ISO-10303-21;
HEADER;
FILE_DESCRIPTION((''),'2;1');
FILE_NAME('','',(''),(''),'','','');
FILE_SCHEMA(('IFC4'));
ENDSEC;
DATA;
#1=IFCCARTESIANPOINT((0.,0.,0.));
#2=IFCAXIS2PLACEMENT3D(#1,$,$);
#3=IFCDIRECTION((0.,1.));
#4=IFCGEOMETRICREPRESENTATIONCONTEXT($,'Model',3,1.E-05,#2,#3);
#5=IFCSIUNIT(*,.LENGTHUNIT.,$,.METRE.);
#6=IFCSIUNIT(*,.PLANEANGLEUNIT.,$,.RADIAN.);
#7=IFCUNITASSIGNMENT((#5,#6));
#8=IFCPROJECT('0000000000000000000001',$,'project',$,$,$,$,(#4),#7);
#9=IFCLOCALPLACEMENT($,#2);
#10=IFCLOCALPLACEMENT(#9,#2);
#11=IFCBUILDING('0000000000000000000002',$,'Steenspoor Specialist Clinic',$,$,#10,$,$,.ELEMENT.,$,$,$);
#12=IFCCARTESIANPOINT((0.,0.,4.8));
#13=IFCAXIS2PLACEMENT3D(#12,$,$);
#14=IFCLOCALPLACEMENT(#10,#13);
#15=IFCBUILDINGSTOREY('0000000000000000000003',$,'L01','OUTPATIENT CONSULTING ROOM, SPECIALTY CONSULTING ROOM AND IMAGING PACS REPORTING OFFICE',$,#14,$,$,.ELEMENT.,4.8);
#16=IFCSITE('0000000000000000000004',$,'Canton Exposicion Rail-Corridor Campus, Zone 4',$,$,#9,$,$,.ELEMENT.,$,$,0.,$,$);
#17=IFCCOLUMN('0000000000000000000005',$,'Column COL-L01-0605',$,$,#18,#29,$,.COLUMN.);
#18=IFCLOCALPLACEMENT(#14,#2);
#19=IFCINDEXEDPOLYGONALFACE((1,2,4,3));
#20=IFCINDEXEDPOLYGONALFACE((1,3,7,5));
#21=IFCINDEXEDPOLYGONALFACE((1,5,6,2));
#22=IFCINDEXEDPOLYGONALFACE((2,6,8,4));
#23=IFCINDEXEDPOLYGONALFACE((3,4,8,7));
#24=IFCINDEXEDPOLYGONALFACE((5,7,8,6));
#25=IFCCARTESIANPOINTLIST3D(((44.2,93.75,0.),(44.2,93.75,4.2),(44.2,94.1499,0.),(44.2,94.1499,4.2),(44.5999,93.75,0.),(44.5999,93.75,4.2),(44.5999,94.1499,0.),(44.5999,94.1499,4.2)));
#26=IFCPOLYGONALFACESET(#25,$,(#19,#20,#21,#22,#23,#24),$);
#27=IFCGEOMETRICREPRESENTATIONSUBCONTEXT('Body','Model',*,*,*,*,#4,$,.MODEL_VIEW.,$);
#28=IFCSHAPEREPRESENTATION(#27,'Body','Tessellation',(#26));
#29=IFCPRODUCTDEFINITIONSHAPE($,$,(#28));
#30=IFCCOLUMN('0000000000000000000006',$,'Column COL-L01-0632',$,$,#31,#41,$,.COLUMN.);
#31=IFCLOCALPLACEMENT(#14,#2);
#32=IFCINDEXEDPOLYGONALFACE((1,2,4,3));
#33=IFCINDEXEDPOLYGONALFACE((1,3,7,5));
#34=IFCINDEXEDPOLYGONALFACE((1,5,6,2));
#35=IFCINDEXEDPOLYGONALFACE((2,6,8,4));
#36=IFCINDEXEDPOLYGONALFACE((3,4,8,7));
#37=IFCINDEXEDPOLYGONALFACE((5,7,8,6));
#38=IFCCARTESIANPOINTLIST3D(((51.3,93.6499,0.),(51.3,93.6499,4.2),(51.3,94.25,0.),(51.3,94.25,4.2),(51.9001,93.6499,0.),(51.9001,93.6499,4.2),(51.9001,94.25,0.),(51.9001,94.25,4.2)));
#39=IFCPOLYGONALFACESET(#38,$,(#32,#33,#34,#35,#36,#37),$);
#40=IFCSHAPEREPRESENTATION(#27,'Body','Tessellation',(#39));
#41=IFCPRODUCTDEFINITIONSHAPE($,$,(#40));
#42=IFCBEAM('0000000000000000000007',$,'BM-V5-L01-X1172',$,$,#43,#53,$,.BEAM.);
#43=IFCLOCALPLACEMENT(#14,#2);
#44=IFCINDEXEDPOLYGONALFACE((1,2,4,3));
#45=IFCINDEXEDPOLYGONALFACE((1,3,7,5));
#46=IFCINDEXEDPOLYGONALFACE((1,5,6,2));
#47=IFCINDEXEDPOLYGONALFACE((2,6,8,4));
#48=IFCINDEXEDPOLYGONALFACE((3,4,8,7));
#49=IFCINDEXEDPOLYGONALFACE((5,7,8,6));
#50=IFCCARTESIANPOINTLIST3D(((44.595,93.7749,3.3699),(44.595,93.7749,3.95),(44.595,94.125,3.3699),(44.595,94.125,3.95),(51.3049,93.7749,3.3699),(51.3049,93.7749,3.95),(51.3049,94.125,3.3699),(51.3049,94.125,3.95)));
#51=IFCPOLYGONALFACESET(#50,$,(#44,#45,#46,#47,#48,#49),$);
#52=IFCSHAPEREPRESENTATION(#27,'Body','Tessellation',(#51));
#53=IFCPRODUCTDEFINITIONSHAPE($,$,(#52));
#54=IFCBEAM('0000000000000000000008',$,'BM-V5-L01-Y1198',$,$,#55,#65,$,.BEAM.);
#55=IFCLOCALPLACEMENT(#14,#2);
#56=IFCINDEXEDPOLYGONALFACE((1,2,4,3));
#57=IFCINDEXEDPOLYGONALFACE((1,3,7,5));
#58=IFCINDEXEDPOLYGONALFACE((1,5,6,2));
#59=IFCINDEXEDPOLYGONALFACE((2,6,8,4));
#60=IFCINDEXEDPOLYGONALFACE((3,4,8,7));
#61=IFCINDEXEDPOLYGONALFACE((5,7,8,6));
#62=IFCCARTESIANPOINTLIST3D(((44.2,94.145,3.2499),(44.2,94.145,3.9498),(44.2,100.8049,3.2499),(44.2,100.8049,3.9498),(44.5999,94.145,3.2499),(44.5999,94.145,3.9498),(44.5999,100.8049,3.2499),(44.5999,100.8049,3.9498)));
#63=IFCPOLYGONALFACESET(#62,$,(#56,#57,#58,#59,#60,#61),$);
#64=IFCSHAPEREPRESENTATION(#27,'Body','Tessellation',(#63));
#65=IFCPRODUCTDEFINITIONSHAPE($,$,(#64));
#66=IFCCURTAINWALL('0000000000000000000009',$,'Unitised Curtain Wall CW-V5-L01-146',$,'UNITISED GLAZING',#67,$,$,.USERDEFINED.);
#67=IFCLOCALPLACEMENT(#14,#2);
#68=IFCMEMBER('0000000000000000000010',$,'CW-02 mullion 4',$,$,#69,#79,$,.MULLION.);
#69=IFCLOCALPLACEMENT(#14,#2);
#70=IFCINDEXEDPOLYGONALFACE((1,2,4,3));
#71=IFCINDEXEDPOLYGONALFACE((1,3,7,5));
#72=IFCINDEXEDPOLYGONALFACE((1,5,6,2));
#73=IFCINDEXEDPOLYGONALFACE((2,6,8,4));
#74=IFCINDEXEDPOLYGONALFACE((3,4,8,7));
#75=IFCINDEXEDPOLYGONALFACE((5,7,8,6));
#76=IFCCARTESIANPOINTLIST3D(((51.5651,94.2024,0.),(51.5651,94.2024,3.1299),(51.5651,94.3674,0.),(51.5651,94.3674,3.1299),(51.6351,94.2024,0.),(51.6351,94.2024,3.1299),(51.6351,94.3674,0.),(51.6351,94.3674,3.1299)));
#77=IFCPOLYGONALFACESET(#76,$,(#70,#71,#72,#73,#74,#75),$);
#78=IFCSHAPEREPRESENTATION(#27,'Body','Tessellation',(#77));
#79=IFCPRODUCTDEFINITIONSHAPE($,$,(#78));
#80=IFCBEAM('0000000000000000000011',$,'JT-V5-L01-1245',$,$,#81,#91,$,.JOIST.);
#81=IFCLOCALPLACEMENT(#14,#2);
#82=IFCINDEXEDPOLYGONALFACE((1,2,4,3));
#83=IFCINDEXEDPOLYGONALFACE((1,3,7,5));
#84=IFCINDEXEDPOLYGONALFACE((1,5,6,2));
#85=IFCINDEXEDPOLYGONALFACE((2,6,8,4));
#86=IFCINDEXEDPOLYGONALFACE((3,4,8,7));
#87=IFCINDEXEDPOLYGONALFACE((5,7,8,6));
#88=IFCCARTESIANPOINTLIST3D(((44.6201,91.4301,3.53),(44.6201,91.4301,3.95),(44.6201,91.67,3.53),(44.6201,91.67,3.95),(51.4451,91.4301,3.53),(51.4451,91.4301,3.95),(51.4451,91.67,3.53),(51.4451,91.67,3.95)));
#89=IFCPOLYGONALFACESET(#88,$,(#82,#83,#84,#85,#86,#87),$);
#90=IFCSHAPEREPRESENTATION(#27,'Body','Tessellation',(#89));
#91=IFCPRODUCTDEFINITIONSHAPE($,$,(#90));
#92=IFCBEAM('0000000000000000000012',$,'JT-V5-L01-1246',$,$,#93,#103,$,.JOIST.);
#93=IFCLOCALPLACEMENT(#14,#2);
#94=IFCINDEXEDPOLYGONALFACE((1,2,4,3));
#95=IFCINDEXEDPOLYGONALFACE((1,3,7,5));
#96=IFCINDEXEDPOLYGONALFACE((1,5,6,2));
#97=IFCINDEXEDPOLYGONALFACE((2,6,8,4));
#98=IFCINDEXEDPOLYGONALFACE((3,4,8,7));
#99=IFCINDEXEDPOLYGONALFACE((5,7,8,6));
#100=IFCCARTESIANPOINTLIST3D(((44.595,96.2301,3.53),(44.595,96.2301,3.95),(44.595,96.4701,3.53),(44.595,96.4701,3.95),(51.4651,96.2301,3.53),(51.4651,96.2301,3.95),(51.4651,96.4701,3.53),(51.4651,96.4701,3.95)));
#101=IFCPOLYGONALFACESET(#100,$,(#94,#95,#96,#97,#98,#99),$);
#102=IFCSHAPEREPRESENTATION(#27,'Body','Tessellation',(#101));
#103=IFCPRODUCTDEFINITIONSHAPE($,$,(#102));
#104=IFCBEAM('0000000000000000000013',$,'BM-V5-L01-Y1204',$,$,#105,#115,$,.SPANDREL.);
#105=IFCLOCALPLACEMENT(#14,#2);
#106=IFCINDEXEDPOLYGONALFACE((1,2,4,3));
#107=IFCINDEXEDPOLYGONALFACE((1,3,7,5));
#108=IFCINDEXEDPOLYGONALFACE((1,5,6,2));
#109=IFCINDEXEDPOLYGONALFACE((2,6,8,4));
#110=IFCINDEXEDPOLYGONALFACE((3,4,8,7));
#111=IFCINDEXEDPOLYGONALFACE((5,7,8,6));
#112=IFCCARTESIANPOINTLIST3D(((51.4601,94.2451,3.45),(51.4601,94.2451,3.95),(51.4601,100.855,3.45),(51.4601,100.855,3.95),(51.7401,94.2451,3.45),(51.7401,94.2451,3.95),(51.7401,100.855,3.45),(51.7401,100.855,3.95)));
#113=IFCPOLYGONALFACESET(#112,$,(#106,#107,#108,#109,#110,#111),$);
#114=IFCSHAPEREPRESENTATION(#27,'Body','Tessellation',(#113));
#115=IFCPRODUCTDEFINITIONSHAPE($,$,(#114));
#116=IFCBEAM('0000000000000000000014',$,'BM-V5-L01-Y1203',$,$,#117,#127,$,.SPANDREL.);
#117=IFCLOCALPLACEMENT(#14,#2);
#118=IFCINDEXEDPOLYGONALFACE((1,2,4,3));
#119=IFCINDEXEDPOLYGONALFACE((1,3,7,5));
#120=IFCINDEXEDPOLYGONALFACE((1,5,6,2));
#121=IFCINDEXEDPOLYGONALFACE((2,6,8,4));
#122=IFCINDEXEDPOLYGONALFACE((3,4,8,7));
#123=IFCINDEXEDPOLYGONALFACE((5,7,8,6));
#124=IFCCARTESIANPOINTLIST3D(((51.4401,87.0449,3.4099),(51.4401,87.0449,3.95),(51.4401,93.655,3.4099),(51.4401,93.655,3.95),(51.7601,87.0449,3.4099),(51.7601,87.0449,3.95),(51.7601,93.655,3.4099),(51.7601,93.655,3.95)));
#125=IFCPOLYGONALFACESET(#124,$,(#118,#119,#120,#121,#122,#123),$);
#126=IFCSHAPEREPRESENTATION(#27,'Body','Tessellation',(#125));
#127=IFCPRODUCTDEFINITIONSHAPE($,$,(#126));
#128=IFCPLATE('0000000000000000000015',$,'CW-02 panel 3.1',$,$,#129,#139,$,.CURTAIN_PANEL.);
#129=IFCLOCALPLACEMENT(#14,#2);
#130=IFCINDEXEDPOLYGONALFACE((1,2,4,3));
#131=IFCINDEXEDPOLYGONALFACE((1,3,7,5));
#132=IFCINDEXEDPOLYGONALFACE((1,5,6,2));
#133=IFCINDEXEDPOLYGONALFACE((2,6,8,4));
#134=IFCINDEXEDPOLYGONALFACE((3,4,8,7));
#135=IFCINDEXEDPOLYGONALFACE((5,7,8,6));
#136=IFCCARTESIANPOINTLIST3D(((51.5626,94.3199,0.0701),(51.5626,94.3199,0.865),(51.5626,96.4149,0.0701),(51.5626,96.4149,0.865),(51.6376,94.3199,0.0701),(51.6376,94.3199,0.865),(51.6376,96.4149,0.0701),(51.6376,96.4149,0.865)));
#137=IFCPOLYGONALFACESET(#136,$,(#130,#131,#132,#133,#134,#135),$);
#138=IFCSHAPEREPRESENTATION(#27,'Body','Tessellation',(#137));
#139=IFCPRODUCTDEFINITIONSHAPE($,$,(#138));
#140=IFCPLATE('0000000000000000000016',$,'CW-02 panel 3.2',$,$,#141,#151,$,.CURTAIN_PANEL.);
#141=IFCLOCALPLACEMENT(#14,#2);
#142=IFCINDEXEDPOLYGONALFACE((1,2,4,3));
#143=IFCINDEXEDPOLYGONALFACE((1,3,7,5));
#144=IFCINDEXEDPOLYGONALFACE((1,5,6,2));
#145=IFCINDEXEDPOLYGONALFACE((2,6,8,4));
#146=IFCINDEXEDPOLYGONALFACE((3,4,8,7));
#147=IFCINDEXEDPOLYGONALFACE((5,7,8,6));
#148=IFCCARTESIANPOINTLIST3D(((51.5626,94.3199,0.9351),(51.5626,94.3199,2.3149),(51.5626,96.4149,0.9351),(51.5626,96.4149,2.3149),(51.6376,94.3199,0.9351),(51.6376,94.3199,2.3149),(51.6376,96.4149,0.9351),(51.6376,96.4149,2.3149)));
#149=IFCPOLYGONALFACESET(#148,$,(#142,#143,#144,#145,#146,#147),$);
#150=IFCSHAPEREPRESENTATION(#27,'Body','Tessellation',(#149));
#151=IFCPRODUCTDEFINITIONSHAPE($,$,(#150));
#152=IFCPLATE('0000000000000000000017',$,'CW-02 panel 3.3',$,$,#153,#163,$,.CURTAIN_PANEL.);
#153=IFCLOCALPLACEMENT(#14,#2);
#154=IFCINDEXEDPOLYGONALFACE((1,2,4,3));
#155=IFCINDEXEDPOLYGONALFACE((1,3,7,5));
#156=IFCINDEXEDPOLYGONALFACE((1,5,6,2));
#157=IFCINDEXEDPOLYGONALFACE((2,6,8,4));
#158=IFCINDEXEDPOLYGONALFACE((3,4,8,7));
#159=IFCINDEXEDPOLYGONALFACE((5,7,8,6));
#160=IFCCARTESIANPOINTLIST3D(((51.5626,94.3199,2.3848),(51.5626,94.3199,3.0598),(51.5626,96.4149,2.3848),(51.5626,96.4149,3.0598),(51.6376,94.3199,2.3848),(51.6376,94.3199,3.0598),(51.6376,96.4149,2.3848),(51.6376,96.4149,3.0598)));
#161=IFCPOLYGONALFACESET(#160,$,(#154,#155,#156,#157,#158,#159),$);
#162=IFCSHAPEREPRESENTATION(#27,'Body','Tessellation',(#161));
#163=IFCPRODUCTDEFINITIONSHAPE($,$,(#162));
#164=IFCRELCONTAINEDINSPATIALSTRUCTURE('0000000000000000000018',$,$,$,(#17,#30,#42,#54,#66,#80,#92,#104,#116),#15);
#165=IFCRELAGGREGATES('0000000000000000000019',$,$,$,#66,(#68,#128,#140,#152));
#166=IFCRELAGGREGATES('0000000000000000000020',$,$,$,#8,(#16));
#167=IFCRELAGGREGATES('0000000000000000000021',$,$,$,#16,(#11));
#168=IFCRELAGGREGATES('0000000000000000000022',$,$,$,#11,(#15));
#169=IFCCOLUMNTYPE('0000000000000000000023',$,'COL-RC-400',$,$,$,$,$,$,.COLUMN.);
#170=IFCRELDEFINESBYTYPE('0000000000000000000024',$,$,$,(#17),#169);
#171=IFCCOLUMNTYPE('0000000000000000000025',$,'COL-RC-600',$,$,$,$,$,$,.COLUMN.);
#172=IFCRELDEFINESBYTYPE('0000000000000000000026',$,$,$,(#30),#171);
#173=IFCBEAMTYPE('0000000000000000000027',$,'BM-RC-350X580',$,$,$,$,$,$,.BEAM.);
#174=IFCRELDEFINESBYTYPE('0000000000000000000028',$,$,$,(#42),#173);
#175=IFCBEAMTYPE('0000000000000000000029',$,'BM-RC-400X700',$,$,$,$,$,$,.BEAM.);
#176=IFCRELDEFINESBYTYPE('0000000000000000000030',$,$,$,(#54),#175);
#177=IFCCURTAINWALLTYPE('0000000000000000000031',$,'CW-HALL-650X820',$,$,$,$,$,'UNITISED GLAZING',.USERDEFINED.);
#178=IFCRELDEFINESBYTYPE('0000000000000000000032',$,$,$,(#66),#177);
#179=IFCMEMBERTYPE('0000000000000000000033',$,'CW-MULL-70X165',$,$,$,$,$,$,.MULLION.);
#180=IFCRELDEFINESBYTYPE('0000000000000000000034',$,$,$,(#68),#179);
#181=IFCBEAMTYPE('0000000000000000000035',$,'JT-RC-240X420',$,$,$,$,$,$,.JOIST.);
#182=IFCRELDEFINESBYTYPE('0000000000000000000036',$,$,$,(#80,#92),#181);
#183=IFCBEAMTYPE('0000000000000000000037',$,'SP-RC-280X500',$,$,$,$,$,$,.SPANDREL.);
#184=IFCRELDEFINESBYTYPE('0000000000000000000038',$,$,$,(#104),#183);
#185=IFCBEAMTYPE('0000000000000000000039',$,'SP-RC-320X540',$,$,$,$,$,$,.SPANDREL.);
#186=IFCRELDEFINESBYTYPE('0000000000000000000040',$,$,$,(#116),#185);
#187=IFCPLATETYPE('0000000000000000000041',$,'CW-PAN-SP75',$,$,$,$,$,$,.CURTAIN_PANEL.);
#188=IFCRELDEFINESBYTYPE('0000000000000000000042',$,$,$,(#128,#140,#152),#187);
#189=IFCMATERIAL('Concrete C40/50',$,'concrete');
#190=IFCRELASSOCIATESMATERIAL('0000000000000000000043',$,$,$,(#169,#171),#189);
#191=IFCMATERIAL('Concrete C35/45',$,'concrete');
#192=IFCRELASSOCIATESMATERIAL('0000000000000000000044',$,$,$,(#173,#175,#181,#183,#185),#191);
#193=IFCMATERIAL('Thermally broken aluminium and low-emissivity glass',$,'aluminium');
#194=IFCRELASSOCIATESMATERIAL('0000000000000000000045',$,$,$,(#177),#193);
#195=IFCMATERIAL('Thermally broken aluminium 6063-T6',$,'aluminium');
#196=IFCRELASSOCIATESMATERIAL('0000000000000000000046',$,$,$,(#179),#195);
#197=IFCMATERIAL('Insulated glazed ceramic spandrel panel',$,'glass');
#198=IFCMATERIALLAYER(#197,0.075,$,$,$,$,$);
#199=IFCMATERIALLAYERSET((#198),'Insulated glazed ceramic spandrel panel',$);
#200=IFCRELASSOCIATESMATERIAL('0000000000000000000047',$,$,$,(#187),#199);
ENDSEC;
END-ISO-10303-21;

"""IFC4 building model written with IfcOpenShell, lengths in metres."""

from ifc_helpers import new_model, si_unit, direction, frame, origin, origin_2d, place, context, subcontext, project, spatial, rectangle, extrude, material, layer, layer_set, material_profile, profile_set, type_object, element, aggregate, save


model = new_model("IFC4")

# Units and contexts
model_context = context("Model", 3, precision=1e-05, world=origin(), true_north=direction((0.0, 1.0)))
body_context = subcontext(model_context, "Body", "Model", "MODEL_VIEW")
ifc_project = project(units=[si_unit("LENGTHUNIT", "METRE"), si_unit("PLANEANGLEUNIT", "RADIAN")], contexts=[model_context])

# Site, building, storey
site_placement = place(None, origin())
site = spatial("IfcSite", under=ifc_project, at=site_placement, Name="Canton Exposicion Rail-Corridor Campus, Zone 4", CompositionType="ELEMENT", RefElevation=0.0)
building_placement = place(site_placement, origin())
building = spatial("IfcBuilding", under=site, at=building_placement, Name="Steenspoor Specialist Clinic", CompositionType="ELEMENT")
storey_placement = place(building_placement, frame((0.0, 0.0, 4.8)))
storey = spatial("IfcBuildingStorey", under=building, at=storey_placement, Name="L01", Description="OUTPATIENT CONSULTING ROOM, SPECIALTY CONSULTING ROOM AND IMAGING PACS REPORTING OFFICE", CompositionType="ELEMENT", Elevation=4.8)

# Columns
ifc_material_1 = material(Name="Concrete C40/50", Category="concrete")
ifc_material_profile_1 = material_profile(ifc_material_1, rectangle(XDim=0.3999, YDim=0.3999, at=origin_2d()), Name="RC-COL-400X400")
ifc_profile_set_1 = profile_set([ifc_material_profile_1], Name="Concrete C40/50")
column_type_1 = type_object("IfcColumnType", Name="COL-RC-400", PredefinedType="COLUMN", material=ifc_profile_set_1)
column_1_placement = place(storey_placement, frame((44.3999, 93.95, 0.0), z_axis=(0.0, 0.0, 1.0), x_axis=(1.0, 0.0, 0.0)))
element("IfcColumn", 1, at=column_1_placement, inside=storey, type_object=column_type_1, Name="Column COL-L01-0605", PredefinedType="COLUMN", context=body_context, shape_type="SweptSolid", body=[
    extrude(rectangle(XDim=0.3999, YDim=0.3999, at=origin_2d()), origin(), (0.0, 0.0, 1.0), 4.2),
])
ifc_material_profile_2 = material_profile(ifc_material_1, rectangle(XDim=0.6001, YDim=0.6001, at=origin_2d()), Name="RC-COL-600X600")
ifc_profile_set_2 = profile_set([ifc_material_profile_2], Name="Concrete C40/50")
column_type_2 = type_object("IfcColumnType", Name="COL-RC-600", PredefinedType="COLUMN", material=ifc_profile_set_2)
column_2_placement = place(storey_placement, frame((51.6001, 93.95, 0.0), z_axis=(0.0, 0.0, 1.0), x_axis=(1.0, 0.0, 0.0)))
element("IfcColumn", 2, at=column_2_placement, inside=storey, type_object=column_type_2, Name="Column COL-L01-0632", PredefinedType="COLUMN", context=body_context, shape_type="SweptSolid", body=[
    extrude(rectangle(XDim=0.6001, YDim=0.6001, at=origin_2d()), origin(), (0.0, 0.0, 1.0), 4.2),
])

# Beams
ifc_material_2 = material(Name="Concrete C35/45", Category="concrete")
ifc_material_profile_3 = material_profile(ifc_material_2, rectangle(XDim=0.3501, YDim=0.5801, at=origin_2d()), Name="RC-BM-350X580")
ifc_profile_set_3 = profile_set([ifc_material_profile_3], Name="Concrete C35/45")
beam_type_1 = type_object("IfcBeamType", Name="BM-RC-350X580", PredefinedType="BEAM", material=ifc_profile_set_3)
beam_1_placement = place(storey_placement, frame((44.595, 93.95, 3.6599), z_axis=(1.0, 0.0, 0.0), x_axis=(0.0, 1.0, 0.0)))
element("IfcBeam", 3, at=beam_1_placement, inside=storey, type_object=beam_type_1, Name="BM-V5-L01-X1172", PredefinedType="BEAM", context=body_context, shape_type="SweptSolid", body=[
    extrude(rectangle(XDim=0.3501, YDim=0.5801, at=origin_2d()), origin(), (0.0, 0.0, 1.0), 6.71),
])
ifc_material_profile_4 = material_profile(ifc_material_2, rectangle(XDim=0.3999, YDim=0.7, at=origin_2d()), Name="RC-BM-400X700")
ifc_profile_set_4 = profile_set([ifc_material_profile_4], Name="Concrete C35/45")
beam_type_2 = type_object("IfcBeamType", Name="BM-RC-400X700", PredefinedType="BEAM", material=ifc_profile_set_4)
beam_2_placement = place(storey_placement, frame((44.3999, 94.145, 3.5999), z_axis=(0.0, 1.0, 0.0), x_axis=(-1.0, 0.0, 0.0)))
element("IfcBeam", 4, at=beam_2_placement, inside=storey, type_object=beam_type_2, Name="BM-V5-L01-Y1198", PredefinedType="BEAM", context=body_context, shape_type="SweptSolid", body=[
    extrude(rectangle(XDim=0.3999, YDim=0.7, at=origin_2d()), origin(), (0.0, 0.0, 1.0), 6.6599),
])

# Curtain wall, member
ifc_material_3 = material(Name="Thermally broken aluminium and low-emissivity glass", Category="aluminium")
curtain_wall_type = type_object("IfcCurtainWallType", Name="CW-HALL-650X820", ElementType="UNITISED GLAZING", PredefinedType="USERDEFINED", material=ifc_material_3)
curtain_wall_placement = place(storey_placement, origin())
curtain_wall = element("IfcCurtainWall", 5, at=curtain_wall_placement, inside=storey, type_object=curtain_wall_type, Name="Unitised Curtain Wall CW-V5-L01-146", ObjectType="UNITISED GLAZING", PredefinedType="USERDEFINED")
ifc_material_4 = material(Name="Thermally broken aluminium 6063-T6", Category="aluminium")
ifc_material_profile_5 = material_profile(ifc_material_4, rectangle(XDim=0.0701, YDim=0.165, at=origin_2d()), Name="CWM-70X165")
ifc_profile_set_5 = profile_set([ifc_material_profile_5], Name="Thermally broken aluminium 6063-T6")
member_type = type_object("IfcMemberType", Name="CW-MULL-70X165", PredefinedType="MULLION", material=ifc_profile_set_5)
member_placement = place(storey_placement, frame((51.6001, 94.2849, 0.0), z_axis=(0.0, 0.0, 1.0), x_axis=(1.0, 0.0, 0.0)))
member = element("IfcMember", 6, at=member_placement, type_object=member_type, Name="CW-02 mullion 4", PredefinedType="MULLION", context=body_context, shape_type="SweptSolid", body=[
    extrude(rectangle(XDim=0.0701, YDim=0.165, at=origin_2d()), origin(), (0.0, 0.0, 1.0), 3.1299),
])

# Beams
ifc_material_profile_6 = material_profile(ifc_material_2, rectangle(XDim=0.24, YDim=0.4199, at=origin_2d()), Name="RC-JT-240X420")
ifc_profile_set_6 = profile_set([ifc_material_profile_6], Name="Concrete C35/45")
beam_type_3 = type_object("IfcBeamType", Name="JT-RC-240X420", PredefinedType="JOIST", material=ifc_profile_set_6)
beam_3_placement = place(storey_placement, frame((44.6201, 91.55, 3.74), z_axis=(1.0, 0.0, 0.0), x_axis=(0.0, 1.0, 0.0)))
element("IfcBeam", 7, at=beam_3_placement, inside=storey, type_object=beam_type_3, Name="JT-V5-L01-1245", PredefinedType="JOIST", context=body_context, shape_type="SweptSolid", body=[
    extrude(rectangle(XDim=0.24, YDim=0.4199, at=origin_2d()), origin(), (0.0, 0.0, 1.0), 6.825),
])
beam_4_placement = place(storey_placement, frame((44.595, 96.3501, 3.74), z_axis=(1.0, 0.0, 0.0), x_axis=(0.0, 1.0, 0.0)))
element("IfcBeam", 8, at=beam_4_placement, inside=storey, type_object=beam_type_3, Name="JT-V5-L01-1246", PredefinedType="JOIST", context=body_context, shape_type="SweptSolid", body=[
    extrude(rectangle(XDim=0.24, YDim=0.4199, at=origin_2d()), origin(), (0.0, 0.0, 1.0), 6.8701),
])
ifc_material_profile_7 = material_profile(ifc_material_2, rectangle(XDim=0.28, YDim=0.5, at=origin_2d()), Name="RC-SP-280X500")
ifc_profile_set_7 = profile_set([ifc_material_profile_7], Name="Concrete C35/45")
beam_type_4 = type_object("IfcBeamType", Name="SP-RC-280X500", PredefinedType="SPANDREL", material=ifc_profile_set_7)
beam_5_placement = place(storey_placement, frame((51.6001, 94.2451, 3.7), z_axis=(0.0, 1.0, 0.0), x_axis=(-1.0, 0.0, 0.0)))
element("IfcBeam", 9, at=beam_5_placement, inside=storey, type_object=beam_type_4, Name="BM-V5-L01-Y1204", PredefinedType="SPANDREL", context=body_context, shape_type="SweptSolid", body=[
    extrude(rectangle(XDim=0.28, YDim=0.5, at=origin_2d()), origin(), (0.0, 0.0, 1.0), 6.6099),
])
ifc_material_profile_8 = material_profile(ifc_material_2, rectangle(XDim=0.3201, YDim=0.54, at=origin_2d()), Name="RC-SP-320X540")
ifc_profile_set_8 = profile_set([ifc_material_profile_8], Name="Concrete C35/45")
beam_type_5 = type_object("IfcBeamType", Name="SP-RC-320X540", PredefinedType="SPANDREL", material=ifc_profile_set_8)
beam_6_placement = place(storey_placement, frame((51.6001, 87.0449, 3.6799), z_axis=(0.0, 1.0, 0.0), x_axis=(-1.0, 0.0, 0.0)))
element("IfcBeam", 10, at=beam_6_placement, inside=storey, type_object=beam_type_5, Name="BM-V5-L01-Y1203", PredefinedType="SPANDREL", context=body_context, shape_type="SweptSolid", body=[
    extrude(rectangle(XDim=0.3201, YDim=0.54, at=origin_2d()), origin(), (0.0, 0.0, 1.0), 6.6101),
])

# Plates
ifc_material_5 = material(Name="Insulated glazed ceramic spandrel panel", Category="glass")
ifc_layer_1 = layer(ifc_material_5, 0.075)
ifc_layer_set_1 = layer_set([ifc_layer_1], Name="Insulated glazed ceramic spandrel panel")
plate_type = type_object("IfcPlateType", Name="CW-PAN-SP75", PredefinedType="CURTAIN_PANEL", material=ifc_layer_set_1)
plate_1_placement = place(storey_placement, frame((51.6001, 95.3674, 0.0701), z_axis=(0.0, 0.0, 1.0), x_axis=(0.0, -1.0, 0.0)))
plate_1 = element("IfcPlate", 11, at=plate_1_placement, type_object=plate_type, Name="CW-02 panel 3.1", PredefinedType="CURTAIN_PANEL", context=body_context, shape_type="SweptSolid", body=[
    extrude(rectangle(XDim=2.095, YDim=0.075, at=origin_2d()), origin(), (0.0, 0.0, 1.0), 0.7949),
])
plate_2_placement = place(storey_placement, frame((51.6001, 95.3674, 0.9351), z_axis=(0.0, 0.0, 1.0), x_axis=(0.0, -1.0, 0.0)))
plate_2 = element("IfcPlate", 12, at=plate_2_placement, type_object=plate_type, Name="CW-02 panel 3.2", PredefinedType="CURTAIN_PANEL", context=body_context, shape_type="SweptSolid", body=[
    extrude(rectangle(XDim=2.095, YDim=0.075, at=origin_2d()), origin(), (0.0, 0.0, 1.0), 1.3799),
])
plate_3_placement = place(storey_placement, frame((51.6001, 95.3674, 2.3848), z_axis=(0.0, 0.0, 1.0), x_axis=(0.0, -1.0, 0.0)))
plate_3 = element("IfcPlate", 13, at=plate_3_placement, type_object=plate_type, Name="CW-02 panel 3.3", PredefinedType="CURTAIN_PANEL", context=body_context, shape_type="SweptSolid", body=[
    extrude(rectangle(XDim=2.095, YDim=0.075, at=origin_2d()), origin(), (0.0, 0.0, 1.0), 0.675),
])
aggregate(curtain_wall, [member, plate_1, plate_2, plate_3])

save(model, "model.ifc")
